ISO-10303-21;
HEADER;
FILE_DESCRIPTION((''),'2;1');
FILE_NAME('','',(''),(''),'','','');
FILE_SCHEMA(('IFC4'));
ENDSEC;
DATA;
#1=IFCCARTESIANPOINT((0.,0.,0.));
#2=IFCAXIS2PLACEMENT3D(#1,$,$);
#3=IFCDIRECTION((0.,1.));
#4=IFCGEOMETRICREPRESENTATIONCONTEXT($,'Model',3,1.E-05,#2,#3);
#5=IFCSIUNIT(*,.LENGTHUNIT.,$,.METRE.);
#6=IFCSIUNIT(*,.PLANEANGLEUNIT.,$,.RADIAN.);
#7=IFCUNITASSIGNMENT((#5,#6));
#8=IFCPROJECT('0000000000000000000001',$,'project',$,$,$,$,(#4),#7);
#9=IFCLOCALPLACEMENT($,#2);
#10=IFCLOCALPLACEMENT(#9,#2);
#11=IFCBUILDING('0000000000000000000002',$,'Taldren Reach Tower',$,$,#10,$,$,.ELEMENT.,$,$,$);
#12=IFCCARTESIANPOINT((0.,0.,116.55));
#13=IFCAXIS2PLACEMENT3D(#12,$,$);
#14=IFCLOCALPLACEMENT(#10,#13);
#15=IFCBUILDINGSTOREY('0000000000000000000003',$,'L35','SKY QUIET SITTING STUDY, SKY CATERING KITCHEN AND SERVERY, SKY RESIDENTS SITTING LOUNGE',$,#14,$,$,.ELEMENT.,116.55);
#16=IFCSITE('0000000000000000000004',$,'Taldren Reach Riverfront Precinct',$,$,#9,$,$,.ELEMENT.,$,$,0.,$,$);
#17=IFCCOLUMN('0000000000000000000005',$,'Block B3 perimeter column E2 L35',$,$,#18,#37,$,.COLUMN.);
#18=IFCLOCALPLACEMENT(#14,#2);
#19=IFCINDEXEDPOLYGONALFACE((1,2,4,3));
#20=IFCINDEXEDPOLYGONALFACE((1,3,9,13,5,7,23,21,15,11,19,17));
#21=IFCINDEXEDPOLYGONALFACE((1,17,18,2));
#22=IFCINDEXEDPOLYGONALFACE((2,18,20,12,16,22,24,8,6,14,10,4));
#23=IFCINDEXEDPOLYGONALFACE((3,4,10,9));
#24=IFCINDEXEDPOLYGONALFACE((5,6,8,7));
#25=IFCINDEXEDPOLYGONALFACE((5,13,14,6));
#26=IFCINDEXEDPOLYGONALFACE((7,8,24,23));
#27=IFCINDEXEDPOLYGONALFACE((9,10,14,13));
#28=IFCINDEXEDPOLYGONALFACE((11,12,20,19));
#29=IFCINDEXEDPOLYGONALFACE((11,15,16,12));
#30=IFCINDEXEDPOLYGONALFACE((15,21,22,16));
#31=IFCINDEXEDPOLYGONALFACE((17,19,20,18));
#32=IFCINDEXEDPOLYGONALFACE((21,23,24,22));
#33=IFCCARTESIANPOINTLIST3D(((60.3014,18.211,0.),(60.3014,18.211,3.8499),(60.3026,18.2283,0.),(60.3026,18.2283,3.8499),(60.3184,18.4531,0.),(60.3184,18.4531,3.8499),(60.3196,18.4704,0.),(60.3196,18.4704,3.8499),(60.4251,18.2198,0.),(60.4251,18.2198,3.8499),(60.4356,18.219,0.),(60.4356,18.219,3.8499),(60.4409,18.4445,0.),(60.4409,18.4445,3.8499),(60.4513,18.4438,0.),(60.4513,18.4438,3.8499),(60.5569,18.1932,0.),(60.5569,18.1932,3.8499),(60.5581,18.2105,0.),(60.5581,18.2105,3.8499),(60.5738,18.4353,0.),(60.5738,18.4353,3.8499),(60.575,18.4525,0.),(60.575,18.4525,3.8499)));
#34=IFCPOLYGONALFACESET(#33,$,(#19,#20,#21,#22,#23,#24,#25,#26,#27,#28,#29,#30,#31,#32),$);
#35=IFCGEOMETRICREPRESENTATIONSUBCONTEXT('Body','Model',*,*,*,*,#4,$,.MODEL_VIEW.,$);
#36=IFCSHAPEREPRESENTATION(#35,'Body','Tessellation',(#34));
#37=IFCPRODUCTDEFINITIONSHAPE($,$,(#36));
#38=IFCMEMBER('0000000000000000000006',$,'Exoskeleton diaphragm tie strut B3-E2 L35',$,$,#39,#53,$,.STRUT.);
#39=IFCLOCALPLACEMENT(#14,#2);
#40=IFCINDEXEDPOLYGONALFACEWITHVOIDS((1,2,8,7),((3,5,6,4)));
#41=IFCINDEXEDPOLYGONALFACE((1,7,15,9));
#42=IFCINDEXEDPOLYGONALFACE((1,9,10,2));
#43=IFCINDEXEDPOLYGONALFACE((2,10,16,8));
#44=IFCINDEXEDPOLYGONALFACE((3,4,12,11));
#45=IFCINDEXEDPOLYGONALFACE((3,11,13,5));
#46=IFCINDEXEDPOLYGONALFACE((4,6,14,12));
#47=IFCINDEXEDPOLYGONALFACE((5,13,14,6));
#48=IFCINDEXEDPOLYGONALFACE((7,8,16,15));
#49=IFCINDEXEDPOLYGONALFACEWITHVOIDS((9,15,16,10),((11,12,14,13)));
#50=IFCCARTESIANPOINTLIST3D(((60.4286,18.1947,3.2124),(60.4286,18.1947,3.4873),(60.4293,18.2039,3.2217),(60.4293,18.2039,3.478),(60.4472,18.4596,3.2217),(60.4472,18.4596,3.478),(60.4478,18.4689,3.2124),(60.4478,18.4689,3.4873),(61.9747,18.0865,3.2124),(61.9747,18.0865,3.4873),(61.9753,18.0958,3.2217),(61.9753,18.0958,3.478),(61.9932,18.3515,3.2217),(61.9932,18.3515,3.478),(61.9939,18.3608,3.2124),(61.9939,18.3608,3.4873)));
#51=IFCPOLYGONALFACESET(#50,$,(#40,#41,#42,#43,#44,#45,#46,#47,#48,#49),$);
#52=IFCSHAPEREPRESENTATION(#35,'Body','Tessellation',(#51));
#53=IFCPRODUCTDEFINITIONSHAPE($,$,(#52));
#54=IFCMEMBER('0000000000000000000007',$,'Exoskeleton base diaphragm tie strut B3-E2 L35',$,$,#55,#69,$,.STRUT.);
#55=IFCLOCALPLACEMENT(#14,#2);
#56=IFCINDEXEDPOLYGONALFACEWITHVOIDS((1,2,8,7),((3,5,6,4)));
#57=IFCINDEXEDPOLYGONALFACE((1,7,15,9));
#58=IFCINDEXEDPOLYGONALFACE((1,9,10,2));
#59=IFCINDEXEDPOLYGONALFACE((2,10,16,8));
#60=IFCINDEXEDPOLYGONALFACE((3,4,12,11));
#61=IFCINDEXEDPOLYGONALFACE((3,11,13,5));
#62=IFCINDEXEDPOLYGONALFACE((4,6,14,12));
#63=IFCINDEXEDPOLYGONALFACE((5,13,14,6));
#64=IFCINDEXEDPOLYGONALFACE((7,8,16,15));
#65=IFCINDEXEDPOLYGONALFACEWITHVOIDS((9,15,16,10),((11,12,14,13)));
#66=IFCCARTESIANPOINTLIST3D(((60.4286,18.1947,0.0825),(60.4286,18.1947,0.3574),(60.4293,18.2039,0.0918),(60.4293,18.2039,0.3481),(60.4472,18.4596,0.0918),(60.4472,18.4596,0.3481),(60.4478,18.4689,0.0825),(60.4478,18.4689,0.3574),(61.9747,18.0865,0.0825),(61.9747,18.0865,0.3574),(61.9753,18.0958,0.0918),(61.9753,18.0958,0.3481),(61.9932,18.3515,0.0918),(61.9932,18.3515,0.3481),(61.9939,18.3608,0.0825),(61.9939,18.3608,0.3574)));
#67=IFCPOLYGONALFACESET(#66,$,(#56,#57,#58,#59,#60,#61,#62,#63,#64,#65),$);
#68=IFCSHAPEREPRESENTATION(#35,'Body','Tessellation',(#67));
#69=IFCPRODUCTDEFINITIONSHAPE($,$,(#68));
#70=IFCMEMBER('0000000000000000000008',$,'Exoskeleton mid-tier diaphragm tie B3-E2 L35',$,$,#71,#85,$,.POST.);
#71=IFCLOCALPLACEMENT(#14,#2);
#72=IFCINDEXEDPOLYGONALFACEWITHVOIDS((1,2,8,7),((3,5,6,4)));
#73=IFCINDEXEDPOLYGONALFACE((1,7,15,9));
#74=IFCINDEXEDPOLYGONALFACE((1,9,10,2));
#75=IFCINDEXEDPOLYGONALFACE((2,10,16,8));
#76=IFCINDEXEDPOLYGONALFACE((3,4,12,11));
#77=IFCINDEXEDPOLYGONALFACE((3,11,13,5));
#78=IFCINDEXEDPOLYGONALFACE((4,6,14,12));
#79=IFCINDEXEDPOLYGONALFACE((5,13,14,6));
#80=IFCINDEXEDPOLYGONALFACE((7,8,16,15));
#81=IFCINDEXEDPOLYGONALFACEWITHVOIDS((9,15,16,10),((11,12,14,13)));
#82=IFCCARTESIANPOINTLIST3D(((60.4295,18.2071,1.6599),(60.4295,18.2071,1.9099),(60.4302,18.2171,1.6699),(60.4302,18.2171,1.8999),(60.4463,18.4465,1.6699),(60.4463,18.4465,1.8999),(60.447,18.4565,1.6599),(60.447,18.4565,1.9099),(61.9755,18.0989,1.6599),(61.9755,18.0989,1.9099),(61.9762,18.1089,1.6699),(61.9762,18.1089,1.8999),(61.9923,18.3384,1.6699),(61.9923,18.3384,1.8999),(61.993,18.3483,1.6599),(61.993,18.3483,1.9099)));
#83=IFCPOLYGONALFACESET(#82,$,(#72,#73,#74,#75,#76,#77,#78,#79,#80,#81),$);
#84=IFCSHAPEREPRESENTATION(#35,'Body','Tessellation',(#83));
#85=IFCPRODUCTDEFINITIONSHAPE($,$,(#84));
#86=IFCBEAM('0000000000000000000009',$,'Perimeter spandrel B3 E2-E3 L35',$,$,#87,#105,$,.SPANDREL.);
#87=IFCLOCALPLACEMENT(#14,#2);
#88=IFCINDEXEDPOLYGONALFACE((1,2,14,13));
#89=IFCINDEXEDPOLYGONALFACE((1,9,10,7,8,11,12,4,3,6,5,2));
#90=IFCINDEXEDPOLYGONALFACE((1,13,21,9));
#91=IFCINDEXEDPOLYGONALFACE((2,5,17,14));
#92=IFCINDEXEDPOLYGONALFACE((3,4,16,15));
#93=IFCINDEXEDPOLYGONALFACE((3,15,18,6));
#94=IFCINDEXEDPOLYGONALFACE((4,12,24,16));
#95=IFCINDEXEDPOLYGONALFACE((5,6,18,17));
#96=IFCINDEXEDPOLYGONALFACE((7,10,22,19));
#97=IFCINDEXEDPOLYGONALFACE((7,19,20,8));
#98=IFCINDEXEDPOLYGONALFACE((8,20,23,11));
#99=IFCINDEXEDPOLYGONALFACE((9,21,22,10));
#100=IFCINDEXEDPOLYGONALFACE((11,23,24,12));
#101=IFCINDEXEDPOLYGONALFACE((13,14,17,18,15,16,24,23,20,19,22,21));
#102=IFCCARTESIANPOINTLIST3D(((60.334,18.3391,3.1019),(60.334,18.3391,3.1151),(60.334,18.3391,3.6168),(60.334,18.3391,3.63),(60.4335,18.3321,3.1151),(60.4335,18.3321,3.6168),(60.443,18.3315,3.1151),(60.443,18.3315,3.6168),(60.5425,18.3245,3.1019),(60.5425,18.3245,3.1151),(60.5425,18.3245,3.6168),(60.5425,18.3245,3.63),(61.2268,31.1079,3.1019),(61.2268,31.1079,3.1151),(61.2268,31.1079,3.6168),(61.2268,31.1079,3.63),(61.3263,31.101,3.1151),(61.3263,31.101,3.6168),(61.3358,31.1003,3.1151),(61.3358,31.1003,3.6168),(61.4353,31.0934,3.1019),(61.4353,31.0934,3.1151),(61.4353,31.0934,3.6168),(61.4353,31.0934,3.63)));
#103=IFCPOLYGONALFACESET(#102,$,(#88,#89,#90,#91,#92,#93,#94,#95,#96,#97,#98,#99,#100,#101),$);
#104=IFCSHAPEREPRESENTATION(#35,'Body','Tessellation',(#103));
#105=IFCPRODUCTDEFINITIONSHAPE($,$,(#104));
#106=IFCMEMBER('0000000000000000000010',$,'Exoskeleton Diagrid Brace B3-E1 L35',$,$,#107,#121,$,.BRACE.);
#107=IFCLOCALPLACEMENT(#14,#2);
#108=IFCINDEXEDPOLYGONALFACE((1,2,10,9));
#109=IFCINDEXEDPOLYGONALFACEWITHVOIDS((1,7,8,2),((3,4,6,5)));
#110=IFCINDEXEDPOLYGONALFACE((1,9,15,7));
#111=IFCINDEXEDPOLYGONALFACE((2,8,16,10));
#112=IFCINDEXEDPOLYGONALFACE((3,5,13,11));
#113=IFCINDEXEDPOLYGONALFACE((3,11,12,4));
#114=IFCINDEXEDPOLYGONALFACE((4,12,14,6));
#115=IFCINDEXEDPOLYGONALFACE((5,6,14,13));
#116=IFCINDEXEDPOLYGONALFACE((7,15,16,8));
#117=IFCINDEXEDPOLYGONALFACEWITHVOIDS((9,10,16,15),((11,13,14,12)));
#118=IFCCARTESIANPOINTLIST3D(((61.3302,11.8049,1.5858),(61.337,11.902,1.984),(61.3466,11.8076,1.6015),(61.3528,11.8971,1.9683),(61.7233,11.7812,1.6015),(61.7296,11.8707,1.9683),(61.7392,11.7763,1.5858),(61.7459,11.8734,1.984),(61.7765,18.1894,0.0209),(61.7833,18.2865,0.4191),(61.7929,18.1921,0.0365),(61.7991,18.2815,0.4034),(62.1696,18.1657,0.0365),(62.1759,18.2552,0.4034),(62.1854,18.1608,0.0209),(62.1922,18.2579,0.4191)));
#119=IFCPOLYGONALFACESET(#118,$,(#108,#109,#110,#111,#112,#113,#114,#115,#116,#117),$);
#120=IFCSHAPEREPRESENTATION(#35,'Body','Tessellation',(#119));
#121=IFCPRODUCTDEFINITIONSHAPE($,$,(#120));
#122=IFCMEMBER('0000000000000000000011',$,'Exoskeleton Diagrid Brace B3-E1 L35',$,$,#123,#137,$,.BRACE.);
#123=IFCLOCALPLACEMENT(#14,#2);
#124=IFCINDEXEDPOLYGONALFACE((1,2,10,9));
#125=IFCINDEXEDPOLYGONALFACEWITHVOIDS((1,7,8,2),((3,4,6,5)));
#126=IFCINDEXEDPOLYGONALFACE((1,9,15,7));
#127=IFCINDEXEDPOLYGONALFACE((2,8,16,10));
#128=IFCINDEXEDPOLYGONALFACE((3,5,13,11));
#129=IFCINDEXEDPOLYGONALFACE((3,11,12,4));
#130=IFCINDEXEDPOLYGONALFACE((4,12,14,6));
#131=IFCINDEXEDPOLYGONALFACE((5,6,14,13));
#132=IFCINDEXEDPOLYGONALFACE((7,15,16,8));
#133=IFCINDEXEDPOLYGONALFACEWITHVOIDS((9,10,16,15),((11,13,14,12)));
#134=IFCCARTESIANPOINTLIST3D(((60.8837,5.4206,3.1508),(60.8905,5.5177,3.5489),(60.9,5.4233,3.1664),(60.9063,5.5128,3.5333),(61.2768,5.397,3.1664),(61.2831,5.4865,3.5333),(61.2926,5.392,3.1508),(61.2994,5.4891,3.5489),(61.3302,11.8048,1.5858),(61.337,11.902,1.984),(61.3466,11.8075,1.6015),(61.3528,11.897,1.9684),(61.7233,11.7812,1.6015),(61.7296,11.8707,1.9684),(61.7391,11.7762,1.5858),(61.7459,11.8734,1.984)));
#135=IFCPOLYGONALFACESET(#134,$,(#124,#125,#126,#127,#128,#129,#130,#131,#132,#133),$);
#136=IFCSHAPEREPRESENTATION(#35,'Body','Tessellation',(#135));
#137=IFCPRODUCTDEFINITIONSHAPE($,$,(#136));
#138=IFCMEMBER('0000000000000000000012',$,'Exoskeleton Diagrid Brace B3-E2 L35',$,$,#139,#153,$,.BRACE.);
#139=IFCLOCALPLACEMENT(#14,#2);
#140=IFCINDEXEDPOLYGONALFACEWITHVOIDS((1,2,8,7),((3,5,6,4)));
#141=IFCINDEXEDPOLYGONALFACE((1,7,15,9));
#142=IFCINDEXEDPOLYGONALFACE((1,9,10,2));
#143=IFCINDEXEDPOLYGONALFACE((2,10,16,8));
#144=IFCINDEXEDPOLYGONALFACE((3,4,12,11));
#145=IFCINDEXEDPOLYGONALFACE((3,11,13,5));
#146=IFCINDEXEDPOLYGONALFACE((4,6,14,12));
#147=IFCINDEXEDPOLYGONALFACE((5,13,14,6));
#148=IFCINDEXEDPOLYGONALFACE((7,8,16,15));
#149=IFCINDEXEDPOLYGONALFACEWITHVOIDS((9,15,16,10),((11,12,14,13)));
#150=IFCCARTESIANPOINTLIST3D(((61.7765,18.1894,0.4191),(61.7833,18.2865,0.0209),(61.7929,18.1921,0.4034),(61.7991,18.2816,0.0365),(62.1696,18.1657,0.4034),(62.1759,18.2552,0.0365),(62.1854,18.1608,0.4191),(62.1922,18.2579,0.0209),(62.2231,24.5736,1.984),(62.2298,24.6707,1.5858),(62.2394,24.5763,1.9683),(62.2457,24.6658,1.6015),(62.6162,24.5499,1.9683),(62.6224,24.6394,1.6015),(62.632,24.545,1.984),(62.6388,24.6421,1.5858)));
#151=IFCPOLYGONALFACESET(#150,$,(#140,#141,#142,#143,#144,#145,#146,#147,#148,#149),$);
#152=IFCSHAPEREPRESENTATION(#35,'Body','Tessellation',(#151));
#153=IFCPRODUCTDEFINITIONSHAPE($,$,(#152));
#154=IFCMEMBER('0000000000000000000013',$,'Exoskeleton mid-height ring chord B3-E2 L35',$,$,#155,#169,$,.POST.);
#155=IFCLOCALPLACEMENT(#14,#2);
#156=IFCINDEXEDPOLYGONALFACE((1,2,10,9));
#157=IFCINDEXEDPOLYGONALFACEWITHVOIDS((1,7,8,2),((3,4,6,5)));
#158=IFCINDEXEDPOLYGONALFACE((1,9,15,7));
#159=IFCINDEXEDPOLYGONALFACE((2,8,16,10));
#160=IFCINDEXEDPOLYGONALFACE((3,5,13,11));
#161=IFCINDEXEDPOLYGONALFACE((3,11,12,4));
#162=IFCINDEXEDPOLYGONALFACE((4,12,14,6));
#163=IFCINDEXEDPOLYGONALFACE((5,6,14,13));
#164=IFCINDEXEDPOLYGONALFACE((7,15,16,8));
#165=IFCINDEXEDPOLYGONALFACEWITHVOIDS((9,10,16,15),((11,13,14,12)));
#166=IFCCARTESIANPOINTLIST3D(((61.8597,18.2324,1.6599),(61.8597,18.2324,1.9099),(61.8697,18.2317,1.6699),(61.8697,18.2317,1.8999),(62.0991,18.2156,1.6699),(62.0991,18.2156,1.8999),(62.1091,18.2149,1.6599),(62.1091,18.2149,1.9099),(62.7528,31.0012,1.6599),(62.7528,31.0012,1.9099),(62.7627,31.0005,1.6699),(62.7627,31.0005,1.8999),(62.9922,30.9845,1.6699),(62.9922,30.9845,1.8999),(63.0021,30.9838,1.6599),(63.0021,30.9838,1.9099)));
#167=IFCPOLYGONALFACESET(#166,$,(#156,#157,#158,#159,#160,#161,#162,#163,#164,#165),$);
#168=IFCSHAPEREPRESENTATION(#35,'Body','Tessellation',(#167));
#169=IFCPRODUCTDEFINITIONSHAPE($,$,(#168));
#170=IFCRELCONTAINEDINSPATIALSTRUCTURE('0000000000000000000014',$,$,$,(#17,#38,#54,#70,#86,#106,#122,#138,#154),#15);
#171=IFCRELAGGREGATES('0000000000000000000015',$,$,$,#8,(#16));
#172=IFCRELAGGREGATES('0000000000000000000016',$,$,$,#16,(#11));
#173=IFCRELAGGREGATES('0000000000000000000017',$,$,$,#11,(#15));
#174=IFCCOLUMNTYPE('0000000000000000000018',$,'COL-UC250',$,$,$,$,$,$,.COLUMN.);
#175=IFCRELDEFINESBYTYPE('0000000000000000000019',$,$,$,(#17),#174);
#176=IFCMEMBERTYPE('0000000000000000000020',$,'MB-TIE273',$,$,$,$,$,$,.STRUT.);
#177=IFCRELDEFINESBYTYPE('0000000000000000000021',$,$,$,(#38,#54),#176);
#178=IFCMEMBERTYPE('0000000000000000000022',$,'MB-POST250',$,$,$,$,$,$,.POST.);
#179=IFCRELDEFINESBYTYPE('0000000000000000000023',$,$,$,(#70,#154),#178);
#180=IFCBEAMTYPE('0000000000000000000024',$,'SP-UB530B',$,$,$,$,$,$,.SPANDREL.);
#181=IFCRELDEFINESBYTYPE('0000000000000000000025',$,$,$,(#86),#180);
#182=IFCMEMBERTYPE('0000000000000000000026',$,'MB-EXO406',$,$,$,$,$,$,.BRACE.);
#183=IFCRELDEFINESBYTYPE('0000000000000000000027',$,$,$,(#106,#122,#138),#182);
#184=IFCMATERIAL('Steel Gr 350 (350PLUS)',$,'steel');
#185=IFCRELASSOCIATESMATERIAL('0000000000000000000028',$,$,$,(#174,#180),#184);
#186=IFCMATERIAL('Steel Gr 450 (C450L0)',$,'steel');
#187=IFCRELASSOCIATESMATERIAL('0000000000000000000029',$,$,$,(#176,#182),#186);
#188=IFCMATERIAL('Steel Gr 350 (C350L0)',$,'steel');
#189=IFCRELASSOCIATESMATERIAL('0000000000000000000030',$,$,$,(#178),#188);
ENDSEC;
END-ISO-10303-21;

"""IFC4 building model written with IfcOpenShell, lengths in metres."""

from ifc_helpers import new_model, si_unit, direction, frame, origin, origin_2d, place, context, subcontext, project, spatial, hollow_rectangle, i_section, extrude, source, transform, mapped, material, material_profile, profile_set, type_object, element, save


model = new_model("IFC4")

# Units and contexts
model_context = context("Model", 3, precision=1e-05, world=origin(), true_north=direction((0.0, 1.0)))
body_context = subcontext(model_context, "Body", "Model", "MODEL_VIEW")
ifc_project = project(units=[si_unit("LENGTHUNIT", "METRE"), si_unit("PLANEANGLEUNIT", "RADIAN")], contexts=[model_context])

# Site, building, storey
site_placement = place(None, origin())
site = spatial("IfcSite", under=ifc_project, at=site_placement, Name="Taldren Reach Riverfront Precinct", CompositionType="ELEMENT", RefElevation=0.0)
building_placement = place(site_placement, origin())
building = spatial("IfcBuilding", under=site, at=building_placement, Name="Taldren Reach Tower", CompositionType="ELEMENT")
storey_placement = place(building_placement, frame((0.0, 0.0, 116.55)))
storey = spatial("IfcBuildingStorey", under=building, at=storey_placement, Name="L35", Description="SKY QUIET SITTING STUDY, SKY CATERING KITCHEN AND SERVERY, SKY RESIDENTS SITTING LOUNGE", CompositionType="ELEMENT", Elevation=116.55)

# Column
ifc_material_1 = material(Name="Steel Gr 350 (350PLUS)", Category="steel")
ifc_material_profile_1 = material_profile(ifc_material_1, i_section(OverallWidth=0.2561, OverallDepth=0.26, WebThickness=0.0105, FlangeThickness=0.0173, at=origin_2d()), Name="250UC89.5")
ifc_profile_set_1 = profile_set([ifc_material_profile_1], Name="Steel Gr 350 (350PLUS)")
column_type = type_object("IfcColumnType", Name="COL-UC250", PredefinedType="COLUMN", material=ifc_profile_set_1)
shared_shape_1 = source(origin(), body_context, "Body", "SweptSolid", [
    extrude(i_section(OverallWidth=0.2561, OverallDepth=0.26, WebThickness=0.0105, FlangeThickness=0.0173, at=origin_2d()), origin(), (0.0, 0.0, 1.0), 3.8499),
])
column_placement = place(storey_placement, frame((60.4382, 18.3318, 0.0), z_axis=(0.0, 0.0, 1.0), x_axis=(0.997564, -0.069756, 0.0)))
element("IfcColumn", 1, at=column_placement, inside=storey, type_object=column_type, Name="Block B3 perimeter column E2 L35", PredefinedType="COLUMN", context=body_context, shape_type="MappedRepresentation", body=[
    mapped(shared_shape_1, transform((0.0, 0.0, 0.0), scale=1.0)),
])

# Members
ifc_material_2 = material(Name="Steel Gr 450 (C450L0)", Category="steel")
ifc_material_profile_2 = material_profile(ifc_material_2, hollow_rectangle(XDim=0.2749, YDim=0.2749, WallThickness=0.0093, at=origin_2d()), Name="275x275x9.3SHS")
ifc_profile_set_2 = profile_set([ifc_material_profile_2], Name="Steel Gr 450 (C450L0)")
member_type_1 = type_object("IfcMemberType", Name="MB-TIE273", PredefinedType="STRUT", material=ifc_profile_set_2)
shared_shape_2 = source(origin(), body_context, "Body", "SweptSolid", [
    extrude(hollow_rectangle(XDim=0.2749, YDim=0.2749, WallThickness=0.0093, at=origin_2d()), origin(), (0.0, 0.0, 1.0), 1.5498),
])
for number, where, z_axis, x_axis, name in (
    (2, (60.4382, 18.3318, 3.3499), (0.997562, -0.069781, 0.0), (0.069781, 0.997562, 0.0), "Exoskeleton diaphragm tie strut B3-E2 L35"),
    (3, (60.4382, 18.3318, 0.22), (0.997562, -0.069781, 0.0), (0.069781, 0.997562, 0.0), "Exoskeleton base diaphragm tie strut B3-E2 L35"),
):
    element("IfcMember", number, at=place(storey_placement, frame(where, z_axis=z_axis, x_axis=x_axis)), inside=storey, type_object=member_type_1, Name=name, PredefinedType="STRUT", context=body_context, shape_type="MappedRepresentation", body=[
        mapped(shared_shape_2, transform((0.0, 0.0, 0.0), scale=1.0)),
    ])
ifc_material_3 = material(Name="Steel Gr 350 (C350L0)", Category="steel")
ifc_material_profile_3 = material_profile(ifc_material_3, hollow_rectangle(XDim=0.25, YDim=0.25, WallThickness=0.01, at=origin_2d()), Name="250x250x10.0SHS")
ifc_profile_set_3 = profile_set([ifc_material_profile_3], Name="Steel Gr 350 (C350L0)")
member_type_2 = type_object("IfcMemberType", Name="MB-POST250", PredefinedType="POST", material=ifc_profile_set_3)
shared_shape_3 = source(origin(), body_context, "Body", "SweptSolid", [
    extrude(hollow_rectangle(XDim=0.25, YDim=0.25, WallThickness=0.01, at=origin_2d()), origin(), (0.0, 0.0, 1.0), 1.5498),
])
member_1_placement = place(storey_placement, frame((60.4382, 18.3318, 1.7849), z_axis=(0.997562, -0.069781, 0.0), x_axis=(0.069781, 0.997562, 0.0)))
element("IfcMember", 4, at=member_1_placement, inside=storey, type_object=member_type_2, Name="Exoskeleton mid-tier diaphragm tie B3-E2 L35", PredefinedType="POST", context=body_context, shape_type="MappedRepresentation", body=[
    mapped(shared_shape_3, transform((0.0, 0.0, 0.0), scale=1.0)),
])

# Beam
ifc_material_profile_4 = material_profile(ifc_material_1, i_section(OverallWidth=0.209, OverallDepth=0.5281, WebThickness=0.0095, FlangeThickness=0.0132, at=origin_2d()), Name="530UB82.0")
ifc_profile_set_4 = profile_set([ifc_material_profile_4], Name="Steel Gr 350 (350PLUS)")
beam_type = type_object("IfcBeamType", Name="SP-UB530B", PredefinedType="SPANDREL", material=ifc_profile_set_4)
shared_shape_4 = source(origin(), body_context, "Body", "SweptSolid", [
    extrude(i_section(OverallWidth=0.209, OverallDepth=0.5281, WebThickness=0.0095, FlangeThickness=0.0132, at=origin_2d()), origin(), (0.0, 0.0, 1.0), 12.8),
])
beam_placement = place(storey_placement, frame((60.4382, 18.3318, 3.366), z_axis=(0.069752, 0.997564, 0.0), x_axis=(-0.997564, 0.069752, 0.0)))
element("IfcBeam", 5, at=beam_placement, inside=storey, type_object=beam_type, Name="Perimeter spandrel B3 E2-E3 L35", PredefinedType="SPANDREL", context=body_context, shape_type="MappedRepresentation", body=[
    mapped(shared_shape_4, transform((0.0, 0.0, 0.0), scale=1.0)),
])

# Members
ifc_material_profile_5 = material_profile(ifc_material_2, hollow_rectangle(XDim=0.4099, YDim=0.4099, WallThickness=0.0161, at=origin_2d()), Name="410x410x16.0SHS")
ifc_profile_set_5 = profile_set([ifc_material_profile_5], Name="Steel Gr 450 (C450L0)")
member_type_3 = type_object("IfcMemberType", Name="MB-EXO406", PredefinedType="BRACE", material=ifc_profile_set_5)
shared_shape_5 = source(origin(), body_context, "Body", "SweptSolid", [
    extrude(hollow_rectangle(XDim=0.4099, YDim=0.4099, WallThickness=0.0161, at=origin_2d()), origin(), (0.0, 0.0, 1.0), 6.5886),
])
member_2_placement = place(storey_placement, frame((61.9844, 18.2236, 0.22), z_axis=(-0.067736, -0.969018, 0.237521), x_axis=(0.997566, -0.069732, 0.0)))
element("IfcMember", 6, at=member_2_placement, inside=storey, type_object=member_type_3, Name="Exoskeleton Diagrid Brace B3-E1 L35", PredefinedType="BRACE", context=body_context, shape_type="MappedRepresentation", body=[
    mapped(shared_shape_5, transform((0.0, 0.0, 0.0), scale=1.0)),
])
shared_shape_6 = source(origin(), body_context, "Body", "SweptSolid", [
    extrude(hollow_rectangle(XDim=0.4099, YDim=0.4099, WallThickness=0.0161, at=origin_2d()), origin(), (0.0, 0.0, 1.0), 6.5884),
])
for number, where, z_axis, x_axis, name in (
    (7, (61.5381, 11.8391, 1.7849), (-0.067775, -0.969013, 0.237529), (0.997563, -0.069772, 0.0), "Exoskeleton Diagrid Brace B3-E1 L35"),
    (8, (61.9844, 18.2236, 0.22), (0.067775, 0.969013, 0.237529), (-0.997563, 0.069772, 0.0), "Exoskeleton Diagrid Brace B3-E2 L35"),
):
    element("IfcMember", number, at=place(storey_placement, frame(where, z_axis=z_axis, x_axis=x_axis)), inside=storey, type_object=member_type_3, Name=name, PredefinedType="BRACE", context=body_context, shape_type="MappedRepresentation", body=[
        mapped(shared_shape_6, transform((0.0, 0.0, 0.0), scale=1.0)),
    ])
shared_shape_7 = source(origin(), body_context, "Body", "SweptSolid", [
    extrude(hollow_rectangle(XDim=0.25, YDim=0.25, WallThickness=0.01, at=origin_2d()), origin(), (0.0, 0.0, 1.0), 12.8),
])
member_3_placement = place(storey_placement, frame((61.9844, 18.2236, 1.7849), z_axis=(0.069771, 0.997563, 0.0), x_axis=(-0.997563, 0.069771, 0.0)))
element("IfcMember", 9, at=member_3_placement, inside=storey, type_object=member_type_2, Name="Exoskeleton mid-height ring chord B3-E2 L35", PredefinedType="POST", context=body_context, shape_type="MappedRepresentation", body=[
    mapped(shared_shape_7, transform((0.0, 0.0, 0.0), scale=1.0)),
])

save(model, "model.ifc")
